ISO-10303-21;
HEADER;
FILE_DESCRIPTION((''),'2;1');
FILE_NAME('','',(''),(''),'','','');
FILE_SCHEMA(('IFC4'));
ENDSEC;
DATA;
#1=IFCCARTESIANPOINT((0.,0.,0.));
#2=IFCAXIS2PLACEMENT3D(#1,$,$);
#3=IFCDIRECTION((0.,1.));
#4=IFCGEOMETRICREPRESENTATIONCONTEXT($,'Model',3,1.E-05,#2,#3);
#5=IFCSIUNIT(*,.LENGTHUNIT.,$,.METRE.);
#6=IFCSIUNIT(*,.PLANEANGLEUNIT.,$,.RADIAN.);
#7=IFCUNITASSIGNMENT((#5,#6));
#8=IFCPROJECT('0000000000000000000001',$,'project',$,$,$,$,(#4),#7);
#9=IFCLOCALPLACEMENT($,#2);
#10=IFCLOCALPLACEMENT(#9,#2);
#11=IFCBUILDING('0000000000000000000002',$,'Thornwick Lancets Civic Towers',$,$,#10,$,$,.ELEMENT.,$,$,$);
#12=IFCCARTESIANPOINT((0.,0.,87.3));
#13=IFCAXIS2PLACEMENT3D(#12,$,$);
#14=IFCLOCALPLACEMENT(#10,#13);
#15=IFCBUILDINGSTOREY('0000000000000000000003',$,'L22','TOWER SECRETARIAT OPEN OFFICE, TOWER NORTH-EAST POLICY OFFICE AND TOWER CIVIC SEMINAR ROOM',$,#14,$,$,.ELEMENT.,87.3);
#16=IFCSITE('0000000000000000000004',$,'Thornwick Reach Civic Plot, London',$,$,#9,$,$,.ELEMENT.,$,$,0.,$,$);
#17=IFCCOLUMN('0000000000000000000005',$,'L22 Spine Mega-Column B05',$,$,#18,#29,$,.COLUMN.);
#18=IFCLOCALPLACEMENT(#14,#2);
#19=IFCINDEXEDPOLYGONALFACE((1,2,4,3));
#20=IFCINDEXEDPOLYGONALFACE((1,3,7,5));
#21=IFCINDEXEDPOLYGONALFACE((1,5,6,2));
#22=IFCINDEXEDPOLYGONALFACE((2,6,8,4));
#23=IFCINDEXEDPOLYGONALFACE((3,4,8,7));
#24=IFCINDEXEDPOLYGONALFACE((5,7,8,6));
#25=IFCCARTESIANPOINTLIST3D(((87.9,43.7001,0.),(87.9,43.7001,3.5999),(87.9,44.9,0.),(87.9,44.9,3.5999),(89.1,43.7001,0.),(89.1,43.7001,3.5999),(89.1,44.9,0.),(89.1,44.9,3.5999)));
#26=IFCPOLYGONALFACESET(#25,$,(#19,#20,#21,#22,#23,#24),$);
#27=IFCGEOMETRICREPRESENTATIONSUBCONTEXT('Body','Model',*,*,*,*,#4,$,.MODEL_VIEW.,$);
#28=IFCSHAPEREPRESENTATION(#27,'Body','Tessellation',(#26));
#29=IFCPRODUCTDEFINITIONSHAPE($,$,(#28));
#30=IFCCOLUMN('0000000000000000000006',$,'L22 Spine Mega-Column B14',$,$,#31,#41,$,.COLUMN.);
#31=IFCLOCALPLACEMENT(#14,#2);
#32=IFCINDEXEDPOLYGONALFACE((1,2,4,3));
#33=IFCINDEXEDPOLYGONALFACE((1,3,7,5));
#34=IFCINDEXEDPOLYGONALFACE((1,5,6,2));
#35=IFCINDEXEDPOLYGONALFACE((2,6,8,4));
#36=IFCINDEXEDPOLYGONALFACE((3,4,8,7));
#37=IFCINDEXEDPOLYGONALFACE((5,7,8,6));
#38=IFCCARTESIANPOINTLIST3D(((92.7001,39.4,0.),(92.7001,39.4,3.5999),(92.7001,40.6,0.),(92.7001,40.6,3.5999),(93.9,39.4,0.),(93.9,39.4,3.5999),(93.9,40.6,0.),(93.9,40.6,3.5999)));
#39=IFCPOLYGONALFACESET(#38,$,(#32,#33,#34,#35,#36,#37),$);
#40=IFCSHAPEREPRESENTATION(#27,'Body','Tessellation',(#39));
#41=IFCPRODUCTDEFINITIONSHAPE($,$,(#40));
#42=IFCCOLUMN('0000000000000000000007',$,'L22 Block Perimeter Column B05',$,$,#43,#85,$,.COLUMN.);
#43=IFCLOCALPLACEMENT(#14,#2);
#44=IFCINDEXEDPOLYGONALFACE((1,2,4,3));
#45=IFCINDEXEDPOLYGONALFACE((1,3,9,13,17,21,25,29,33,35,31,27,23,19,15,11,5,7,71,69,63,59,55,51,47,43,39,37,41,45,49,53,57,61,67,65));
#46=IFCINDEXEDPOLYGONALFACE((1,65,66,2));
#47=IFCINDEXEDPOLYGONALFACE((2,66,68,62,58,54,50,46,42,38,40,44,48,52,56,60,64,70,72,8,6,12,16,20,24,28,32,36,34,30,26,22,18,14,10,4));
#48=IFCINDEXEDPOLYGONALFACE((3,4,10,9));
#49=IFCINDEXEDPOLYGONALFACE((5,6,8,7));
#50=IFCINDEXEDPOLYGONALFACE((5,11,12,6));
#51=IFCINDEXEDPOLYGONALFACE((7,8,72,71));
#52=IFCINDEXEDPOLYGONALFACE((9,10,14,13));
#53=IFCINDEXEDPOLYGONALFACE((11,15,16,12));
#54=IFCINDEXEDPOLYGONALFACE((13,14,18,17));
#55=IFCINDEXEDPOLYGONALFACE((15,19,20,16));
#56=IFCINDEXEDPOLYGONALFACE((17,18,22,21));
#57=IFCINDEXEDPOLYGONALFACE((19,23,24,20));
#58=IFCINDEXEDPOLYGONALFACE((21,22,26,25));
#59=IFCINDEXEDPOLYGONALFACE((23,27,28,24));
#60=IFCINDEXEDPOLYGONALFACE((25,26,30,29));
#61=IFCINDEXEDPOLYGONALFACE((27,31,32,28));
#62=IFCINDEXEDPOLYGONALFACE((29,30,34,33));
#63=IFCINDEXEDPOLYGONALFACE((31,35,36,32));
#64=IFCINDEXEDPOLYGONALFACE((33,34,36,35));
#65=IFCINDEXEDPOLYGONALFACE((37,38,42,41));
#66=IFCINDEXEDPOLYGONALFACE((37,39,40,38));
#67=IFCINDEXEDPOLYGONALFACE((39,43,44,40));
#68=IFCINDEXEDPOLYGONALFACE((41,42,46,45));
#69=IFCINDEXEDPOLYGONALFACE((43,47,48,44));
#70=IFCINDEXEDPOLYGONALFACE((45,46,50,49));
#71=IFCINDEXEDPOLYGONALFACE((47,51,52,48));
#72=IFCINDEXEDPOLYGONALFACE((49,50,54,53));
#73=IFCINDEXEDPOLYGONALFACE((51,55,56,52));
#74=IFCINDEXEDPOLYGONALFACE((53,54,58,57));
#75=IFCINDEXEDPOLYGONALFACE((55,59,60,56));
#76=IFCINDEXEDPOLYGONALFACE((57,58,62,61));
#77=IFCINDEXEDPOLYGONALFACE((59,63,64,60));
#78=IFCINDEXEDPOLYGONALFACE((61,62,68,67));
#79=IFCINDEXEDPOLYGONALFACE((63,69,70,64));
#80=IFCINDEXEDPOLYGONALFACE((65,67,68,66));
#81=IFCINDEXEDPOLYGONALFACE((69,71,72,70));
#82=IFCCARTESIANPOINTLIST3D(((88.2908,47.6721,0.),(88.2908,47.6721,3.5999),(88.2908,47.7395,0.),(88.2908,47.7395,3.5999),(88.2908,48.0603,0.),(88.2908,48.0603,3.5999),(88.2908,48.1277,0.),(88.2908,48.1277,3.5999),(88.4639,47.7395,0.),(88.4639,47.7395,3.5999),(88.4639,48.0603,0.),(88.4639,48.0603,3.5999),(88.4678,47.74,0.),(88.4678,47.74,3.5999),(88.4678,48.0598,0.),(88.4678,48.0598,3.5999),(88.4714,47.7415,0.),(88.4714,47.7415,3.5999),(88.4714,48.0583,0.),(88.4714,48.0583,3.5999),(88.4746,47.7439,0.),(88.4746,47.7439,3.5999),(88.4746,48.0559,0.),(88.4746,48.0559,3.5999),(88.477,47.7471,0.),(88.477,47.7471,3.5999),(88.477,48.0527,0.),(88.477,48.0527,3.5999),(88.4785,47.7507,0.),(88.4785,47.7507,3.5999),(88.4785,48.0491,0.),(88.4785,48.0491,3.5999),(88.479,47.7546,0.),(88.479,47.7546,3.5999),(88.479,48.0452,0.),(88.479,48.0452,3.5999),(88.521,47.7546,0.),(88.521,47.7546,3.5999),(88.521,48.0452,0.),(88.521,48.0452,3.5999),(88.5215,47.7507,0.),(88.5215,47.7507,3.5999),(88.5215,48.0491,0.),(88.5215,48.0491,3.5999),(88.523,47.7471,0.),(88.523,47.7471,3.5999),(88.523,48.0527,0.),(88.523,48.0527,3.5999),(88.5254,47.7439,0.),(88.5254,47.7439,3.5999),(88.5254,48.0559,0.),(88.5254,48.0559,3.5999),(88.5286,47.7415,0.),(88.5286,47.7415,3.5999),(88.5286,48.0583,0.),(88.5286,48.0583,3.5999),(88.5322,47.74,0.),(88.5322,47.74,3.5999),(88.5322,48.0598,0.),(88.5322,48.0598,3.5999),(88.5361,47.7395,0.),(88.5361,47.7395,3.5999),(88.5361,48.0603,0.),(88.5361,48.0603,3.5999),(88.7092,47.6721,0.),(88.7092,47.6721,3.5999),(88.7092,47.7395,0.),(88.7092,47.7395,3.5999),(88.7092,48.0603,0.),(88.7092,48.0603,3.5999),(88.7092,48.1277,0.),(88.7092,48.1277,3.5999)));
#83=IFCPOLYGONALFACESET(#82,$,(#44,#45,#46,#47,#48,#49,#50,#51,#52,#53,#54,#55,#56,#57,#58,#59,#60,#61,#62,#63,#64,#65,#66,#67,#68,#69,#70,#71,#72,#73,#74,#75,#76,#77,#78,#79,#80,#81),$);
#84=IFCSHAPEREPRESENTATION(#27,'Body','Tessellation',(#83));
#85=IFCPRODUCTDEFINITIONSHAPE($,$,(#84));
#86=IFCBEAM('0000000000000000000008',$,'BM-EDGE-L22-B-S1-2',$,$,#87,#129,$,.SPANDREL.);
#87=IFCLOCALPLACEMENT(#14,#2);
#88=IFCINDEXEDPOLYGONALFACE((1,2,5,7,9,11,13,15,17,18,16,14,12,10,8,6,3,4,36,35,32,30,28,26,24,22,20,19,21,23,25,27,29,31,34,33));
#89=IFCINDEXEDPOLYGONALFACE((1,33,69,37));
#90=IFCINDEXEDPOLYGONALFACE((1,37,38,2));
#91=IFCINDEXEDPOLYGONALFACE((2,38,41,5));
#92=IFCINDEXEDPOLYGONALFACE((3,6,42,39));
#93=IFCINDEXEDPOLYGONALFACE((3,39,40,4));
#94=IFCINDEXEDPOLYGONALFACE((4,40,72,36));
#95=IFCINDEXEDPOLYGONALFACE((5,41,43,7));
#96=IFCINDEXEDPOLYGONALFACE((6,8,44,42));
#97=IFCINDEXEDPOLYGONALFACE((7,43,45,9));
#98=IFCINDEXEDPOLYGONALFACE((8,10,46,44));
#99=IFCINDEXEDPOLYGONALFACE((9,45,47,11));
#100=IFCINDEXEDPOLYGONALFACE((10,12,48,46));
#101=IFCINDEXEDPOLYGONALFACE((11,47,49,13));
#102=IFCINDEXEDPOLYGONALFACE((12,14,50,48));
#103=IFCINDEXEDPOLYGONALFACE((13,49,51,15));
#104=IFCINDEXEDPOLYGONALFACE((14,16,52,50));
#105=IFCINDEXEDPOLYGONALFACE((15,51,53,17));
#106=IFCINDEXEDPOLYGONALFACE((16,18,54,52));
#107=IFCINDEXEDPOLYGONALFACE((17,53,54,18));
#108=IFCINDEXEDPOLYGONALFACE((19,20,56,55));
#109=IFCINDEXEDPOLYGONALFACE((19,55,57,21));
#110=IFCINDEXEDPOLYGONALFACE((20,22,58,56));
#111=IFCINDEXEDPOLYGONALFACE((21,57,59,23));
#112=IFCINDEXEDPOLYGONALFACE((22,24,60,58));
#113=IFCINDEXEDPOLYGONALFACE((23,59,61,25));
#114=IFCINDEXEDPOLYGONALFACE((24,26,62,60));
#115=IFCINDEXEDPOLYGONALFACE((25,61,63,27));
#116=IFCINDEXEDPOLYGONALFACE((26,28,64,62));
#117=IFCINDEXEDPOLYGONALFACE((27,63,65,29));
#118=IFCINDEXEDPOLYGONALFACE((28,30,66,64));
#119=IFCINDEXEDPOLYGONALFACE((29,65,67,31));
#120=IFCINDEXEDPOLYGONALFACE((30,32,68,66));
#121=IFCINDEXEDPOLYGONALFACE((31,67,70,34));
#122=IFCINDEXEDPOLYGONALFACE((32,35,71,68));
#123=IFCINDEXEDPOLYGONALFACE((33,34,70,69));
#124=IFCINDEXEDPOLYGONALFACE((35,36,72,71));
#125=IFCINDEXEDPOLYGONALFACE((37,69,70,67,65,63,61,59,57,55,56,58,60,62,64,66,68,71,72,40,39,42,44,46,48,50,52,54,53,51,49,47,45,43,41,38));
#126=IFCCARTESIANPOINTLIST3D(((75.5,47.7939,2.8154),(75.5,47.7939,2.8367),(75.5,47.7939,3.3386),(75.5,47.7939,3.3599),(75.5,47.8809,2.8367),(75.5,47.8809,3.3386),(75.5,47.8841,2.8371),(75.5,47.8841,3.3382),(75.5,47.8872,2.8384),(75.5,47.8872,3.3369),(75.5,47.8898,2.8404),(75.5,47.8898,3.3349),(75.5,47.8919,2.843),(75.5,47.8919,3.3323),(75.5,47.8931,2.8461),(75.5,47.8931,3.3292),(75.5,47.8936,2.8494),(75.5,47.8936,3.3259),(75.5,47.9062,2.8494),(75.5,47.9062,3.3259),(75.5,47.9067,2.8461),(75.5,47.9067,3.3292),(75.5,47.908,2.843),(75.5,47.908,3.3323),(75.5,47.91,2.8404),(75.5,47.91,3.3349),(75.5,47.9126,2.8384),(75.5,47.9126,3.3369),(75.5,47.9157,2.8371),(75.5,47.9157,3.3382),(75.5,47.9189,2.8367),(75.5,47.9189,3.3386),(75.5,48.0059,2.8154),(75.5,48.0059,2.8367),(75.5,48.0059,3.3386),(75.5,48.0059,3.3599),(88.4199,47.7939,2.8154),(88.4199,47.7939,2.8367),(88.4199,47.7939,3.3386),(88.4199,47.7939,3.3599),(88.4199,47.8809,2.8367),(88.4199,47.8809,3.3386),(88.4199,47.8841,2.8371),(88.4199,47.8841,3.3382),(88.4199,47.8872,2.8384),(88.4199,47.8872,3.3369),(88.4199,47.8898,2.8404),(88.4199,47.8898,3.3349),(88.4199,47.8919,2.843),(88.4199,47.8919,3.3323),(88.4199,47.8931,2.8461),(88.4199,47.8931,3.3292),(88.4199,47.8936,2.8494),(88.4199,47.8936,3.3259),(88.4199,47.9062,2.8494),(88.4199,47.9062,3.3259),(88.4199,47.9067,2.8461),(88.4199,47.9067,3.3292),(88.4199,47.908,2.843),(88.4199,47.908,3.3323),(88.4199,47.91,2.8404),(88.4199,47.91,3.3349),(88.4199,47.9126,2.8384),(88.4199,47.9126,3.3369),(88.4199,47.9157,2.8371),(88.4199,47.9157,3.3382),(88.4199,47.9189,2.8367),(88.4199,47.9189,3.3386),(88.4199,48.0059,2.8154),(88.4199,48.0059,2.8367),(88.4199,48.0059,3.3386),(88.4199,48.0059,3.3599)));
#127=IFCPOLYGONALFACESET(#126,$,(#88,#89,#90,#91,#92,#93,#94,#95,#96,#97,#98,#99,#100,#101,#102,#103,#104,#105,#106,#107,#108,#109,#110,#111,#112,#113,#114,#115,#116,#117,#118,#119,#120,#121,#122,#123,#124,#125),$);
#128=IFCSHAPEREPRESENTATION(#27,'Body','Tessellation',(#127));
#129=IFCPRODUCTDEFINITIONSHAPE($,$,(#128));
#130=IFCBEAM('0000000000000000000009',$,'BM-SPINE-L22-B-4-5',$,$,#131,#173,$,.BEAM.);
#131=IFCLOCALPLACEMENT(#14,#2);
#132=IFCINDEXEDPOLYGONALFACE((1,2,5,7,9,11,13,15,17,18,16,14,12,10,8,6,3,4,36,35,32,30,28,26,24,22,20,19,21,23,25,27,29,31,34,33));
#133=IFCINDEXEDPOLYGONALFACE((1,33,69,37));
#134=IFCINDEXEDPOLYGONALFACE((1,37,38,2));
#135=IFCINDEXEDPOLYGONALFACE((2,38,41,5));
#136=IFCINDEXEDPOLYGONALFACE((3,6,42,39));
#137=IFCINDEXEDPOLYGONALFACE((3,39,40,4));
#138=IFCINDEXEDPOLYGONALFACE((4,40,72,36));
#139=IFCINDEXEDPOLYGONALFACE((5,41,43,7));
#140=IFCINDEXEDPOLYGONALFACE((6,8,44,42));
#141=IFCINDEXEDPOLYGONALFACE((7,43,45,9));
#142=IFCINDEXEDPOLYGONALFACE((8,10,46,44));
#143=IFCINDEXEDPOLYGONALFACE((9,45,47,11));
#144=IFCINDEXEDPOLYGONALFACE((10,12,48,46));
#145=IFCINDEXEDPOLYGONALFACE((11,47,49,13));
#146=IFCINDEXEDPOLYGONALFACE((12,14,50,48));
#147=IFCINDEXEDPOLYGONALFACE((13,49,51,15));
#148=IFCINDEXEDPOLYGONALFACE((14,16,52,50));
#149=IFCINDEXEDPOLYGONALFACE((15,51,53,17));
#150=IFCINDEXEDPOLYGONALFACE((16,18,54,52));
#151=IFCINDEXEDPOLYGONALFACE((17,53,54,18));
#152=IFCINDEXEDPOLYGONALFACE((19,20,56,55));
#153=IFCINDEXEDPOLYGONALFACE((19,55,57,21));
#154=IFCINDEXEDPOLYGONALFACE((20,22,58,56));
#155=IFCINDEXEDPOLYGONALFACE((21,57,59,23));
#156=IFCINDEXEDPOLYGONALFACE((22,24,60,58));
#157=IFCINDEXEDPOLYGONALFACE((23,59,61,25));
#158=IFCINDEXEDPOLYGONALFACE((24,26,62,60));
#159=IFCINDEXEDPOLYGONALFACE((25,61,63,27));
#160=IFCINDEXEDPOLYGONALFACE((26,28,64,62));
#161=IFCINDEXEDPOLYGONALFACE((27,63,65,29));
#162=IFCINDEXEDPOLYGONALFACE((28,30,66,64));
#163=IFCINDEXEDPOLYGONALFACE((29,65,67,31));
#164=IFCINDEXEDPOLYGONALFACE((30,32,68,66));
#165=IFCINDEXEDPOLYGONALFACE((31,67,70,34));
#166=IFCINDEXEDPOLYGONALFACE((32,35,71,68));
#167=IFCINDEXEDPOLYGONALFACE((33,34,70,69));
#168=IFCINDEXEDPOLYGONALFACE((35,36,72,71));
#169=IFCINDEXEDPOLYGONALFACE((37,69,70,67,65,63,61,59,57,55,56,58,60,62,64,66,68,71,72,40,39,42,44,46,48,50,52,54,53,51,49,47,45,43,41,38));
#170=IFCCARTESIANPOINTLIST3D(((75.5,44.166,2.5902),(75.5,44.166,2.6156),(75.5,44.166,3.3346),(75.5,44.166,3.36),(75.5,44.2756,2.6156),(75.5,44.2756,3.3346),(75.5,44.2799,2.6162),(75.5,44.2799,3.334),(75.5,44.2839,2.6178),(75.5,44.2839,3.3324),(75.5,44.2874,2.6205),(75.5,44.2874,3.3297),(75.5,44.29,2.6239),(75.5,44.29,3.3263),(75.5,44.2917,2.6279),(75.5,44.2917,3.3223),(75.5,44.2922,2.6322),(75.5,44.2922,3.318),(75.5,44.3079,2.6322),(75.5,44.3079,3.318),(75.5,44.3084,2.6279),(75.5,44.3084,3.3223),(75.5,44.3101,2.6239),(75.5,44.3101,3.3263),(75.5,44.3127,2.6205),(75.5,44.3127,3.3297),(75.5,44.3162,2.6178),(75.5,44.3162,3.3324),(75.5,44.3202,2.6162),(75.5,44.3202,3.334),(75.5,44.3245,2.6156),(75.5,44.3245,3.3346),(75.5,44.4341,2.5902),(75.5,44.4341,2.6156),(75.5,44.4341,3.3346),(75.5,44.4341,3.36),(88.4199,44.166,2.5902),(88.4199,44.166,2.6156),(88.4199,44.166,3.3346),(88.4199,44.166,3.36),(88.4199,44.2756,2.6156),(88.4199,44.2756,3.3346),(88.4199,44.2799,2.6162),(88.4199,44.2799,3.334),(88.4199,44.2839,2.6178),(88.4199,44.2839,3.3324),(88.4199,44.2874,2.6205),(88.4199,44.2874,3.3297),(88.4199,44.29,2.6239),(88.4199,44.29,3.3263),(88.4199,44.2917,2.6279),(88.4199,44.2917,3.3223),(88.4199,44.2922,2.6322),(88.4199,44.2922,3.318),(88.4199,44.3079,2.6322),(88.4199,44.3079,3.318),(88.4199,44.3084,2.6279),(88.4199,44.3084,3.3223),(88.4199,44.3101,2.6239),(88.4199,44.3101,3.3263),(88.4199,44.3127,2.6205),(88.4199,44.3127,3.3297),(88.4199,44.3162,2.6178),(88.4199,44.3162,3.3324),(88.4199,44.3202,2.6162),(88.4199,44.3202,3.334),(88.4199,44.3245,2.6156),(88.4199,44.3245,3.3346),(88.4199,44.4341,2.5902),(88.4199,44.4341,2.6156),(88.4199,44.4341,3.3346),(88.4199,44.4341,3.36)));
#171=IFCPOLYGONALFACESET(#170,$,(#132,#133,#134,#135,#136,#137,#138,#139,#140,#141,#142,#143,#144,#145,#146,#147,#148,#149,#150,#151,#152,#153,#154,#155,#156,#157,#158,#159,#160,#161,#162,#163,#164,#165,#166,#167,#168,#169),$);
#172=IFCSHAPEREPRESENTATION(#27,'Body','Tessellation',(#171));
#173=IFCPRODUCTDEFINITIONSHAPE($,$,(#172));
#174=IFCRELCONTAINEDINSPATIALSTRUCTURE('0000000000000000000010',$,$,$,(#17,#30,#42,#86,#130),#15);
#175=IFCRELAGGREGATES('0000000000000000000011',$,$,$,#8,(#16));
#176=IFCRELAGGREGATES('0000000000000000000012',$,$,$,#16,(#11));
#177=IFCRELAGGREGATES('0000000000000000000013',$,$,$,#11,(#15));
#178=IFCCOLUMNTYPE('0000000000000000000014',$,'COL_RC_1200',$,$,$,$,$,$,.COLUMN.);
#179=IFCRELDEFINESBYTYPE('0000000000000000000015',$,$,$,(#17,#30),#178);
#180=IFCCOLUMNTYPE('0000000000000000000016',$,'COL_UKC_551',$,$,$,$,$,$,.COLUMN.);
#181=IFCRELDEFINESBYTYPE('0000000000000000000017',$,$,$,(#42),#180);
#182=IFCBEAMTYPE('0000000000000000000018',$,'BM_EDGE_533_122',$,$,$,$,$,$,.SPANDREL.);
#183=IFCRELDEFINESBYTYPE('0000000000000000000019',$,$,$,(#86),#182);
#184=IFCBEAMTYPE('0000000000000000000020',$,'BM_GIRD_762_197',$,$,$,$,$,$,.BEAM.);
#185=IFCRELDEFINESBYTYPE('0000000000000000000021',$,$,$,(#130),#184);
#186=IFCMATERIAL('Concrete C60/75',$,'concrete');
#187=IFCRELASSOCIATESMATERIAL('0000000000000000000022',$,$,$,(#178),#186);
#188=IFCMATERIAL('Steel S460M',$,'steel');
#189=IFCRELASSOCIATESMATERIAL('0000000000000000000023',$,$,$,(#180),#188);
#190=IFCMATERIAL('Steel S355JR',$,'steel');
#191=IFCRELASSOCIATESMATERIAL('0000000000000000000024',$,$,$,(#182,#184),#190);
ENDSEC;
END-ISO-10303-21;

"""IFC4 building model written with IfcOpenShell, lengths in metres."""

from ifc_helpers import new_model, si_unit, direction, frame, origin, origin_2d, place, context, subcontext, project, spatial, rectangle, i_section, extrude, material, material_profile, profile_set, type_object, element, save


model = new_model("IFC4")

# Units and contexts
model_context = context("Model", 3, precision=1e-05, world=origin(), true_north=direction((0.0, 1.0)))
body_context = subcontext(model_context, "Body", "Model", "MODEL_VIEW")
ifc_project = project(units=[si_unit("LENGTHUNIT", "METRE"), si_unit("PLANEANGLEUNIT", "RADIAN")], contexts=[model_context])

# Site, building, storey
site_placement = place(None, origin())
site = spatial("IfcSite", under=ifc_project, at=site_placement, Name="Thornwick Reach Civic Plot, London", CompositionType="ELEMENT", RefElevation=0.0)
building_placement = place(site_placement, origin())
building = spatial("IfcBuilding", under=site, at=building_placement, Name="Thornwick Lancets Civic Towers", CompositionType="ELEMENT")
storey_placement = place(building_placement, frame((0.0, 0.0, 87.3)))
storey = spatial("IfcBuildingStorey", under=building, at=storey_placement, Name="L22", Description="TOWER SECRETARIAT OPEN OFFICE, TOWER NORTH-EAST POLICY OFFICE AND TOWER CIVIC SEMINAR ROOM", CompositionType="ELEMENT", Elevation=87.3)

# Columns
ifc_material_1 = material(Name="Concrete C60/75", Category="concrete")
ifc_material_profile_1 = material_profile(ifc_material_1, rectangle(XDim=1.2, YDim=1.2, at=origin_2d()), Name="RC 1200x1200")
ifc_profile_set_1 = profile_set([ifc_material_profile_1], Name="Concrete C60/75")
column_type_1 = type_object("IfcColumnType", Name="COL_RC_1200", PredefinedType="COLUMN", material=ifc_profile_set_1)
for number, where, z_axis, x_axis, name in (
    (1, (88.5, 44.3, 0.0), (0.0, 0.0, 1.0), (1.0, 0.0, 0.0), "L22 Spine Mega-Column B05"),
    (2, (93.3, 40.0, 0.0), (0.0, 0.0, 1.0), (1.0, 0.0, 0.0), "L22 Spine Mega-Column B14"),
):
    element("IfcColumn", number, at=place(storey_placement, frame(where, z_axis=z_axis, x_axis=x_axis)), inside=storey, type_object=column_type_1, Name=name, PredefinedType="COLUMN", context=body_context, shape_type="SweptSolid", body=[
        extrude(rectangle(XDim=1.2, YDim=1.2, at=origin_2d()), origin(), (0.0, 0.0, 1.0), 3.5999),
    ])
ifc_material_2 = material(Name="Steel S460M", Category="steel")
ifc_material_profile_2 = material_profile(ifc_material_2, i_section(OverallWidth=0.4185, OverallDepth=0.4556, WebThickness=0.042, FlangeThickness=0.0674, FilletRadius=0.0151, at=origin_2d()), Name="UKC 356x406x551")
ifc_profile_set_2 = profile_set([ifc_material_profile_2], Name="Steel S460M")
column_type_2 = type_object("IfcColumnType", Name="COL_UKC_551", PredefinedType="COLUMN", material=ifc_profile_set_2)
column_placement = place(storey_placement, frame((88.5, 47.8999, 0.0), z_axis=(0.0, 0.0, 1.0), x_axis=(1.0, 0.0, 0.0)))
element("IfcColumn", 3, at=column_placement, inside=storey, type_object=column_type_2, Name="L22 Block Perimeter Column B05", PredefinedType="COLUMN", context=body_context, shape_type="SweptSolid", body=[
    extrude(i_section(OverallWidth=0.4185, OverallDepth=0.4556, WebThickness=0.042, FlangeThickness=0.0674, FilletRadius=0.0151, at=origin_2d()), origin(), (0.0, 0.0, 1.0), 3.5999),
])

# Beams
ifc_material_3 = material(Name="Steel S355JR", Category="steel")
ifc_material_profile_3 = material_profile(ifc_material_3, i_section(OverallWidth=0.2119, OverallDepth=0.5444, WebThickness=0.0127, FlangeThickness=0.0212, FilletRadius=0.0127, at=origin_2d()), Name="UKB 533x210x122")
ifc_profile_set_3 = profile_set([ifc_material_profile_3], Name="Steel S355JR")
beam_type_1 = type_object("IfcBeamType", Name="BM_EDGE_533_122", PredefinedType="SPANDREL", material=ifc_profile_set_3)
beam_1_placement = place(storey_placement, frame((88.4199, 47.8999, 3.0876), z_axis=(-1.0, 0.0, 0.0), x_axis=(0.0, -1.0, 0.0)))
element("IfcBeam", 4, at=beam_1_placement, inside=storey, type_object=beam_type_1, Name="BM-EDGE-L22-B-S1-2", PredefinedType="SPANDREL", context=body_context, shape_type="SweptSolid", body=[
    extrude(i_section(OverallWidth=0.2119, OverallDepth=0.5444, WebThickness=0.0127, FlangeThickness=0.0212, FilletRadius=0.0127, at=origin_2d()), origin(), (0.0, 0.0, 1.0), 12.9199),
])
ifc_material_profile_4 = material_profile(ifc_material_3, i_section(OverallWidth=0.2681, OverallDepth=0.7698, WebThickness=0.0156, FlangeThickness=0.0254, FilletRadius=0.0166, at=origin_2d()), Name="UKB 762x267x197")
ifc_profile_set_4 = profile_set([ifc_material_profile_4], Name="Steel S355JR")
beam_type_2 = type_object("IfcBeamType", Name="BM_GIRD_762_197", PredefinedType="BEAM", material=ifc_profile_set_4)
beam_2_placement = place(storey_placement, frame((88.4199, 44.3, 2.9751), z_axis=(-1.0, 0.0, 0.0), x_axis=(0.0, -1.0, 0.0)))
element("IfcBeam", 5, at=beam_2_placement, inside=storey, type_object=beam_type_2, Name="BM-SPINE-L22-B-4-5", PredefinedType="BEAM", context=body_context, shape_type="SweptSolid", body=[
    extrude(i_section(OverallWidth=0.2681, OverallDepth=0.7698, WebThickness=0.0156, FlangeThickness=0.0254, FilletRadius=0.0166, at=origin_2d()), origin(), (0.0, 0.0, 1.0), 12.9199),
])

save(model, "model.ifc")
